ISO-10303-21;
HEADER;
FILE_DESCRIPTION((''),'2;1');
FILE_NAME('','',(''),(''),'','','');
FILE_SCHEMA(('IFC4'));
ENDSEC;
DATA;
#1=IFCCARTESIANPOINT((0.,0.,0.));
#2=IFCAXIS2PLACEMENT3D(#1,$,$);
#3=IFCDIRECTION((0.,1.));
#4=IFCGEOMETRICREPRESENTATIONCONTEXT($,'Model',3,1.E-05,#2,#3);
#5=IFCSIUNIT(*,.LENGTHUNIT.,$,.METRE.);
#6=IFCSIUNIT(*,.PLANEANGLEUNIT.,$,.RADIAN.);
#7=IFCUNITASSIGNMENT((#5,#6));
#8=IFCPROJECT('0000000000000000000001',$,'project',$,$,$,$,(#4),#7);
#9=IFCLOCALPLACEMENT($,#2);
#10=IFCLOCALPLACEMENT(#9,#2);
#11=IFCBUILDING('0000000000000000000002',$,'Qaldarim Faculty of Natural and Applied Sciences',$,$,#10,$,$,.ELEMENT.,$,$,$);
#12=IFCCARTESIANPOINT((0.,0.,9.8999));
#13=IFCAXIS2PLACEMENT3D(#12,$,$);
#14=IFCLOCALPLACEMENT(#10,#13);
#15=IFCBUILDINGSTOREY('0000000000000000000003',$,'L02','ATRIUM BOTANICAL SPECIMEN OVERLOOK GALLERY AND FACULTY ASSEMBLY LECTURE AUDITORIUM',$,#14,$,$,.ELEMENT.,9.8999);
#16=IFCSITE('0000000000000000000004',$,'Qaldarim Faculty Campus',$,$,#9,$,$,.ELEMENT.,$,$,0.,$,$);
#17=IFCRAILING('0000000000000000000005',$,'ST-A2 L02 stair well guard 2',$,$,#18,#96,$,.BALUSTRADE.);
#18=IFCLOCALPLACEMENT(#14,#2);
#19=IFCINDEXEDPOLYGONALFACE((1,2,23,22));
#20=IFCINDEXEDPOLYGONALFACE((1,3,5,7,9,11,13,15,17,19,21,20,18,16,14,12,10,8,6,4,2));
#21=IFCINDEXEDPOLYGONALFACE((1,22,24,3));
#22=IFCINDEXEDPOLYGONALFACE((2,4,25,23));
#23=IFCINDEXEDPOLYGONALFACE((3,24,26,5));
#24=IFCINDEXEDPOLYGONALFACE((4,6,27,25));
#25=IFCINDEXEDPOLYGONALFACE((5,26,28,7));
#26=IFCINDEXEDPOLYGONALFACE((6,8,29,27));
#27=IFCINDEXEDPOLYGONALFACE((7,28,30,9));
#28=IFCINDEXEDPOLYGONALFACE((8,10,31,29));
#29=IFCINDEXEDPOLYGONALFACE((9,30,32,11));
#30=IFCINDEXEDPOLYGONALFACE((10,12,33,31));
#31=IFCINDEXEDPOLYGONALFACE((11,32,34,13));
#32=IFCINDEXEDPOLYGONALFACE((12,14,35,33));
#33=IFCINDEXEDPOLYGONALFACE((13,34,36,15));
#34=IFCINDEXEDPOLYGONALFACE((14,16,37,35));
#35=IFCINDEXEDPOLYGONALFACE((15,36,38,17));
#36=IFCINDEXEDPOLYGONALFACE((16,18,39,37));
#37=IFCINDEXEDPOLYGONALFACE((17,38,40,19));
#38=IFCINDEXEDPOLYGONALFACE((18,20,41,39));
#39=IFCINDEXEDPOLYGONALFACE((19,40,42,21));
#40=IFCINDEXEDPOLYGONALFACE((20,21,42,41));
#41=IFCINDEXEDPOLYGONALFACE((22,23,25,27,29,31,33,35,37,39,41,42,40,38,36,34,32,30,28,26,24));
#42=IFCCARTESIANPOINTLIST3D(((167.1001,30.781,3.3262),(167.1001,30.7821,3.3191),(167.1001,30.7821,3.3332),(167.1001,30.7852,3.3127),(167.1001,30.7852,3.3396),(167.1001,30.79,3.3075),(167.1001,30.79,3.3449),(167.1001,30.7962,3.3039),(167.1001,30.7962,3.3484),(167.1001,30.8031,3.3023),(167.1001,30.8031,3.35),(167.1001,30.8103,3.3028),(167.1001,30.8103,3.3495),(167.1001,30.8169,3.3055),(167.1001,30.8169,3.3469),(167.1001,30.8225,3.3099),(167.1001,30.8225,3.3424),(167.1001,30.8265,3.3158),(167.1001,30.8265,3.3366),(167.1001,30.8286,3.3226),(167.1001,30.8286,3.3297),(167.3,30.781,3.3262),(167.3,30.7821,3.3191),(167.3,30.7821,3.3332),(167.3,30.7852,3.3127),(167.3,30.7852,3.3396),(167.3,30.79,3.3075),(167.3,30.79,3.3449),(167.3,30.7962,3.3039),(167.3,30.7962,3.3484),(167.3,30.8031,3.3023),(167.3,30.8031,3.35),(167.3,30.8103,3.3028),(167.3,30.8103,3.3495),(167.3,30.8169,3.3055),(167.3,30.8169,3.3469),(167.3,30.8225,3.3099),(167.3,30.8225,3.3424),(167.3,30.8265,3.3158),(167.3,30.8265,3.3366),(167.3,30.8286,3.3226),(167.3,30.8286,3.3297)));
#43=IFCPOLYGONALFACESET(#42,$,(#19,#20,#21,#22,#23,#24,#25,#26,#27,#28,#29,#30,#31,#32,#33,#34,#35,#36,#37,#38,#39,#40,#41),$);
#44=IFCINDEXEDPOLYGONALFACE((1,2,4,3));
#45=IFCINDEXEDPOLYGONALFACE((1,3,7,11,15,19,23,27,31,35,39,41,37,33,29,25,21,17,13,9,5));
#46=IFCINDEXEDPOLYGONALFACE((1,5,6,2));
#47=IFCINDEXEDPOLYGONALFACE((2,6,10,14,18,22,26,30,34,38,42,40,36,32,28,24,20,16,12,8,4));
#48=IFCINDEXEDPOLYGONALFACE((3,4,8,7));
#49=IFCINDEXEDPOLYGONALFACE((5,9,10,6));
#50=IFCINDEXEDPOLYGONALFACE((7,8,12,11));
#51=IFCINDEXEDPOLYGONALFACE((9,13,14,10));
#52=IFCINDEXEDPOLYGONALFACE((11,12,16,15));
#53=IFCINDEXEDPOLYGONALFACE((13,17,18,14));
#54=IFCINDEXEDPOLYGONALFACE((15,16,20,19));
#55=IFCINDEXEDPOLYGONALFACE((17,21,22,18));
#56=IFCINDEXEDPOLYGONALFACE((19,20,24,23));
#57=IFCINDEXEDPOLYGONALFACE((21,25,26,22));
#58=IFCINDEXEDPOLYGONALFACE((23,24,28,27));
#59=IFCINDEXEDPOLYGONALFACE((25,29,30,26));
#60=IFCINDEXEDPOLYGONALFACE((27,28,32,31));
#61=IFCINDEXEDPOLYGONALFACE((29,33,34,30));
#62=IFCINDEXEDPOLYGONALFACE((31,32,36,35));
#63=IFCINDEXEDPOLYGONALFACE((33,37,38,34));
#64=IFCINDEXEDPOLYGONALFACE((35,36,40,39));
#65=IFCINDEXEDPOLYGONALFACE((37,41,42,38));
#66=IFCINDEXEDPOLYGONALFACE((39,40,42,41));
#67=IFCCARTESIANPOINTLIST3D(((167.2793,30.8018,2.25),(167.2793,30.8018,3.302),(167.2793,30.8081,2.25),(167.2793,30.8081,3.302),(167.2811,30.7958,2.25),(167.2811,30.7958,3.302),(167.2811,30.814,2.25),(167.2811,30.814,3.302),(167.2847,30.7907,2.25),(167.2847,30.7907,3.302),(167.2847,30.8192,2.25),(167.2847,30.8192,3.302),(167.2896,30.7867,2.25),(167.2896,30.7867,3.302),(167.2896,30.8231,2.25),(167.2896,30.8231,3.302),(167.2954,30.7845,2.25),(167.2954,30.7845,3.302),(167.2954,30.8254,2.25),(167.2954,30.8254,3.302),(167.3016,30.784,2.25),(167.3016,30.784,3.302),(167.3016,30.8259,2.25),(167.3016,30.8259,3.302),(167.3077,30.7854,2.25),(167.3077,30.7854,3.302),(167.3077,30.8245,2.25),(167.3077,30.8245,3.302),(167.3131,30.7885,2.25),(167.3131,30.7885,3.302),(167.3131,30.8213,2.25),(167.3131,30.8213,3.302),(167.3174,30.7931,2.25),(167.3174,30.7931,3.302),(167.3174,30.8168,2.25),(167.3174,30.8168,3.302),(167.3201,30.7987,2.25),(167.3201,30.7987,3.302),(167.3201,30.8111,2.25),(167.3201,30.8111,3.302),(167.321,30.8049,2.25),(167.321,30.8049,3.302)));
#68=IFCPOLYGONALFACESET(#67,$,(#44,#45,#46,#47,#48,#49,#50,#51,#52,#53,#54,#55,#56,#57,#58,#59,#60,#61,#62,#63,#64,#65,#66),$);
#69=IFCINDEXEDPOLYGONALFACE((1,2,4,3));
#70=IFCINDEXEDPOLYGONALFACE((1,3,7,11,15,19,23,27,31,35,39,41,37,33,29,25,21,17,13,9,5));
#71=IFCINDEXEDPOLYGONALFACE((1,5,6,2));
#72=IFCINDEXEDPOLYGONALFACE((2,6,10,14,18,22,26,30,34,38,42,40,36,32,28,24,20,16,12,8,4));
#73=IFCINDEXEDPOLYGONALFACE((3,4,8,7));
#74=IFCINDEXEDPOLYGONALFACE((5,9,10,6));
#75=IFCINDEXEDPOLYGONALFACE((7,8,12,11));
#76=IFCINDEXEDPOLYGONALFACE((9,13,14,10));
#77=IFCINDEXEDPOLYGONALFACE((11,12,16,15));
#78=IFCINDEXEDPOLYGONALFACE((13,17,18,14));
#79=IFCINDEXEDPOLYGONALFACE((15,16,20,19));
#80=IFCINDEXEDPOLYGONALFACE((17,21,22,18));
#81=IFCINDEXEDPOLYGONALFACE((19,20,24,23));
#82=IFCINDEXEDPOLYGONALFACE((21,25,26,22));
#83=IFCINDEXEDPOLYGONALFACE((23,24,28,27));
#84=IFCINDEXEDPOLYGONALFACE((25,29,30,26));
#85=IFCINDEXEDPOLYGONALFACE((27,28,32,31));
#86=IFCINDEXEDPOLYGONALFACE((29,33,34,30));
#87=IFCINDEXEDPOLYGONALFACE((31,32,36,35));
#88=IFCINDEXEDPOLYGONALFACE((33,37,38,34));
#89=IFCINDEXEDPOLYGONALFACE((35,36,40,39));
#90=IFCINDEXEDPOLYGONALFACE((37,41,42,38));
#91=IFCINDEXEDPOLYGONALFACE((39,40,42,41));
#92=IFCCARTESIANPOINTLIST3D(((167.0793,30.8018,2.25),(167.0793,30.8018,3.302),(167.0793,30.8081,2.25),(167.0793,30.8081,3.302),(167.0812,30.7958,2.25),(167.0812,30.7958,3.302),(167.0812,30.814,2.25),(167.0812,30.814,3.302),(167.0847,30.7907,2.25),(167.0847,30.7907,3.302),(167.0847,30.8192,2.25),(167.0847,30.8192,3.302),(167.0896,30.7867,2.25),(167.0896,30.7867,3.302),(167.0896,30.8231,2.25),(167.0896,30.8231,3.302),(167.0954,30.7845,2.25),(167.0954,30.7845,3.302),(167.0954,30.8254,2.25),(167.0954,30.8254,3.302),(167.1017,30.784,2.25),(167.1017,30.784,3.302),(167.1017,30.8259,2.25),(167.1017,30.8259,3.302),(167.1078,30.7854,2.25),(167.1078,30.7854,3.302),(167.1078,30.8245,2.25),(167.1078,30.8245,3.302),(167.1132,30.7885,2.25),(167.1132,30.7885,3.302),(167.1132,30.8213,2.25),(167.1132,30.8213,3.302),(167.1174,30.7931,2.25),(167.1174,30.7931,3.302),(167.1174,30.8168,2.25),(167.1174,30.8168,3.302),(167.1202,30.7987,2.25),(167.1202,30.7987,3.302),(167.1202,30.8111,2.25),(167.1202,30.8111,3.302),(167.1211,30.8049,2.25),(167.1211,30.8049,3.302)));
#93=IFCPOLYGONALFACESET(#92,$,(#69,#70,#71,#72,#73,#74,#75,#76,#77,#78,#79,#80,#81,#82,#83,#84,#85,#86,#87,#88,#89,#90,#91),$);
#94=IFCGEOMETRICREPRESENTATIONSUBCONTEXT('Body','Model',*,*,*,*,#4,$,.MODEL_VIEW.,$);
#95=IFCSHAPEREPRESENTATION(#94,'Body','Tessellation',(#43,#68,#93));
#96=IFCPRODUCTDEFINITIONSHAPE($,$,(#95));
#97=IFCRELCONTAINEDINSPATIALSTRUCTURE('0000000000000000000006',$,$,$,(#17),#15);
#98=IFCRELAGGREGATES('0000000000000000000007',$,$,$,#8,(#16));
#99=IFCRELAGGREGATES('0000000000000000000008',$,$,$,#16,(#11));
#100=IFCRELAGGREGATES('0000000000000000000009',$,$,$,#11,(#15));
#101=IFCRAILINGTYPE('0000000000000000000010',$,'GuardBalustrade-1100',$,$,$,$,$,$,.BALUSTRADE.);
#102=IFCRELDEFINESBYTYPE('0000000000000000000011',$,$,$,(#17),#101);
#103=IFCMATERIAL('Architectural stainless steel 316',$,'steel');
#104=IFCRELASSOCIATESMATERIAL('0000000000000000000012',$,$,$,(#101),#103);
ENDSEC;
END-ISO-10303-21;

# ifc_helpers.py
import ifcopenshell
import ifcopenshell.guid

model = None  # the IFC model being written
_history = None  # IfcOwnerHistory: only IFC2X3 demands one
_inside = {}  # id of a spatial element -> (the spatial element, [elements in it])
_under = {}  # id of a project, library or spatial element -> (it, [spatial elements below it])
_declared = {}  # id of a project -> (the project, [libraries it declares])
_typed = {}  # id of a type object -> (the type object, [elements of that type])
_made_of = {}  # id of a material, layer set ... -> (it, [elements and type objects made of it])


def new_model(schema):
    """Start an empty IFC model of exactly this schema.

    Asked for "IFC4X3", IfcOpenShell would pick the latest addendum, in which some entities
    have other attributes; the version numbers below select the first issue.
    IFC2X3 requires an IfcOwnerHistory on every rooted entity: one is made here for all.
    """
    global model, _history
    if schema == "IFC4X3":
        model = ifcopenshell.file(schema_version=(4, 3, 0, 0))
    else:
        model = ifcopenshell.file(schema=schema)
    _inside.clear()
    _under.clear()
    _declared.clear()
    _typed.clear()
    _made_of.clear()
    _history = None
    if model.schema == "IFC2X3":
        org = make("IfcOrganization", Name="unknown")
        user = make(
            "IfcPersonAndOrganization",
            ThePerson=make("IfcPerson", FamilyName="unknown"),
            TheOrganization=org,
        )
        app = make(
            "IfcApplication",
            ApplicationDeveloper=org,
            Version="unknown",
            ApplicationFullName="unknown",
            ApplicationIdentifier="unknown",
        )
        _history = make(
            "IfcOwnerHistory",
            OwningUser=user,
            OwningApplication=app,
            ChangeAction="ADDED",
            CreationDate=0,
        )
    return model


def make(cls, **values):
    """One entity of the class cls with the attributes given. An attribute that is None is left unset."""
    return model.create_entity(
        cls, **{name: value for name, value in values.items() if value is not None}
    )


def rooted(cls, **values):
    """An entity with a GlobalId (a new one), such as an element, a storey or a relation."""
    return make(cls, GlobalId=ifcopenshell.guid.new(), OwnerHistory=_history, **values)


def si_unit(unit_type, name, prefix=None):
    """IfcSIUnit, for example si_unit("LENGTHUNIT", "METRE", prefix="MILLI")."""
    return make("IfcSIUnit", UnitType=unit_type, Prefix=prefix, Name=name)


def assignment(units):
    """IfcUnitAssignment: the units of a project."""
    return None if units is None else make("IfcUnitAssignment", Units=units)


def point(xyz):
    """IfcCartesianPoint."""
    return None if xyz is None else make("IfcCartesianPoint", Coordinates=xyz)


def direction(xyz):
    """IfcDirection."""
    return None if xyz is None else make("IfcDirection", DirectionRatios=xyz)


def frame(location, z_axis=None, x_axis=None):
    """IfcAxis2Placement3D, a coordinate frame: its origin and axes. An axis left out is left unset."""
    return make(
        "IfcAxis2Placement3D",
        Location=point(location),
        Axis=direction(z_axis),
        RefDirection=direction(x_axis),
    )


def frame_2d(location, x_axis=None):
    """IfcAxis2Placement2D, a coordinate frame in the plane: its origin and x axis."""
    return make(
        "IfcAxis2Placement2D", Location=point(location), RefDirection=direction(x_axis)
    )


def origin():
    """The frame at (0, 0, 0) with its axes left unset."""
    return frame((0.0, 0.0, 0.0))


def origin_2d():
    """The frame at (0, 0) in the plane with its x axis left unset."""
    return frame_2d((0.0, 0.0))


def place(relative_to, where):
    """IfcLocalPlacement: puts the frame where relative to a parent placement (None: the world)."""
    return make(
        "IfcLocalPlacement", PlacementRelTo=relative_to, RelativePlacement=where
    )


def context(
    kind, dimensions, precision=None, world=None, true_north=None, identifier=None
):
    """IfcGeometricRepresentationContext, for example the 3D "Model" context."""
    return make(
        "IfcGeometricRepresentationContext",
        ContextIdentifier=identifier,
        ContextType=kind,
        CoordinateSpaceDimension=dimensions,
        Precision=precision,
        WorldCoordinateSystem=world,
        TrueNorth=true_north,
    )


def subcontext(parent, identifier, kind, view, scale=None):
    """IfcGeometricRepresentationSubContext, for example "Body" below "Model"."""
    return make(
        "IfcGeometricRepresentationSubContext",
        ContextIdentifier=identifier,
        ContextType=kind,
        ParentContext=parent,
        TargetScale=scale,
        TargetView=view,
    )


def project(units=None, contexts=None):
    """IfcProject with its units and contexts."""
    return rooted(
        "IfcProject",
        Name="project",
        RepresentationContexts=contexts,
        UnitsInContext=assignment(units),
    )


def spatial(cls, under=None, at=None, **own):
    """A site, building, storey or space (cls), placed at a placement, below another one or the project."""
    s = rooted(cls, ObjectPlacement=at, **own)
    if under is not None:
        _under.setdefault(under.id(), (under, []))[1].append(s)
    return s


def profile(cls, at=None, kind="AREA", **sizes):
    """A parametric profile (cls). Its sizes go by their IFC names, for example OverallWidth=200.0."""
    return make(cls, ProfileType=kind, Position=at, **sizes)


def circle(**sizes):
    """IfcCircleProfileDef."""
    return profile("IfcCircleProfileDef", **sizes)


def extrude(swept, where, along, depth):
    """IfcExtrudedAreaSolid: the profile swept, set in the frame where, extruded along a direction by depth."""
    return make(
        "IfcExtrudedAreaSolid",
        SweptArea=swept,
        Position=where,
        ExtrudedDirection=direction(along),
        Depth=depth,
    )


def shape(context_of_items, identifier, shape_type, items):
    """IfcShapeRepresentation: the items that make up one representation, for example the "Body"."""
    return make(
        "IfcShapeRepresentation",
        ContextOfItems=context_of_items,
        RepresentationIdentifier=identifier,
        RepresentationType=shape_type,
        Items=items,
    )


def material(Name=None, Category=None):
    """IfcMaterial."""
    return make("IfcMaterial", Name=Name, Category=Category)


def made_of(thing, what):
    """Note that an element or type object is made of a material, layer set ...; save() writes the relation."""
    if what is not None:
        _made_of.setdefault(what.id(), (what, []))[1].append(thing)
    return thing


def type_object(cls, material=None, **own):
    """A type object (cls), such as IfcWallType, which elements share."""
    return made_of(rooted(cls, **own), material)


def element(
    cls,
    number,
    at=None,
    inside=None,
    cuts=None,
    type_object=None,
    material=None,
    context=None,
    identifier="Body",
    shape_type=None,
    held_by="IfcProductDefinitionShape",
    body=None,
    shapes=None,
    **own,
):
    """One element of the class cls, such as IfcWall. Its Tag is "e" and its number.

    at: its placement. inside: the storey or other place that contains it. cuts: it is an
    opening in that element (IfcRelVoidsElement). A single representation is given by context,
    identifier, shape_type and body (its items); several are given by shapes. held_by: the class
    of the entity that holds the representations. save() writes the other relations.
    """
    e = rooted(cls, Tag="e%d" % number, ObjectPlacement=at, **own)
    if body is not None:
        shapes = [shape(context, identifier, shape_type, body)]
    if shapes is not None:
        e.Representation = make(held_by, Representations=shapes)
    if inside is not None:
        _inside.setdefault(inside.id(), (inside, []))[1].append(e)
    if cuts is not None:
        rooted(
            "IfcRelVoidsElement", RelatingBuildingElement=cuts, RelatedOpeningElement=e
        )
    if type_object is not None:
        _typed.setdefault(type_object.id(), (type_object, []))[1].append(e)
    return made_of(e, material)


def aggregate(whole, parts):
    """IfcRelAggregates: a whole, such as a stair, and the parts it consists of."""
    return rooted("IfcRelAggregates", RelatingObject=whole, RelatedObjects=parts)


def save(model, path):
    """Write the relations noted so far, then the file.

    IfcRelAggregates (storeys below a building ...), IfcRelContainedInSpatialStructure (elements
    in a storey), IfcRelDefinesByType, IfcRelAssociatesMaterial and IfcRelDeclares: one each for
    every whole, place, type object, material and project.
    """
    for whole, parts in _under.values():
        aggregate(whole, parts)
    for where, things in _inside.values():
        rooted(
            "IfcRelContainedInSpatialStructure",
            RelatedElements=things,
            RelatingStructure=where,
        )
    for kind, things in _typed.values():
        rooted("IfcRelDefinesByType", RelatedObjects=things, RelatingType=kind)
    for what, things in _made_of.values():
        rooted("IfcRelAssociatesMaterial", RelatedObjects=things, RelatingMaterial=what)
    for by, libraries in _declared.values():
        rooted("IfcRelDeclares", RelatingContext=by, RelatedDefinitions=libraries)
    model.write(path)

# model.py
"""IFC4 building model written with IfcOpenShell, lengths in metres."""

from ifc_helpers import new_model, si_unit, direction, frame, origin, origin_2d, place, context, subcontext, project, spatial, circle, extrude, material, type_object, element, save


model = new_model("IFC4")

# Units and contexts
model_context = context("Model", 3, precision=1e-05, world=origin(), true_north=direction((0.0, 1.0)))
body_context = subcontext(model_context, "Body", "Model", "MODEL_VIEW")
ifc_project = project(units=[si_unit("LENGTHUNIT", "METRE"), si_unit("PLANEANGLEUNIT", "RADIAN")], contexts=[model_context])

# Site, building, storey
site_placement = place(None, origin())
site = spatial("IfcSite", under=ifc_project, at=site_placement, Name="Qaldarim Faculty Campus", CompositionType="ELEMENT", RefElevation=0.0)
building_placement = place(site_placement, origin())
building = spatial("IfcBuilding", under=site, at=building_placement, Name="Qaldarim Faculty of Natural and Applied Sciences", CompositionType="ELEMENT")
storey_placement = place(building_placement, frame((0.0, 0.0, 9.8999)))
storey = spatial("IfcBuildingStorey", under=building, at=storey_placement, Name="L02", Description="ATRIUM BOTANICAL SPECIMEN OVERLOOK GALLERY AND FACULTY ASSEMBLY LECTURE AUDITORIUM", CompositionType="ELEMENT", Elevation=9.8999)

# Shared definitions
ifc_material_1 = material(Name="Architectural stainless steel 316", Category="steel")

# Railing
railing_type_1 = type_object("IfcRailingType", Name="GuardBalustrade-1100", PredefinedType="BALUSTRADE", material=ifc_material_1)
railing_1_placement = place(storey_placement, frame((167.3, 30.8049, 2.25)))
element("IfcRailing", 1, at=railing_1_placement, inside=storey, type_object=railing_type_1, Name="ST-A2 L02 stair well guard 2", PredefinedType="BALUSTRADE", context=body_context, shape_type="SweptSolid", body=[
    extrude(circle(Radius=0.0239, at=origin_2d()), frame((0.0, 0.0, 1.0762), z_axis=(-1.0, 0.0, 0.0), x_axis=(0.0, -1.0, 0.0)), (0.0, 0.0, 1.0), 0.2),
    extrude(circle(Radius=0.021, at=origin_2d()), origin(), (0.0, 0.0, 1.0), 1.052),
    extrude(circle(Radius=0.021, at=origin_2d()), frame((-0.2, 0.0, 0.0)), (0.0, 0.0, 1.0), 1.052),
])

save(model, "model.ifc")
